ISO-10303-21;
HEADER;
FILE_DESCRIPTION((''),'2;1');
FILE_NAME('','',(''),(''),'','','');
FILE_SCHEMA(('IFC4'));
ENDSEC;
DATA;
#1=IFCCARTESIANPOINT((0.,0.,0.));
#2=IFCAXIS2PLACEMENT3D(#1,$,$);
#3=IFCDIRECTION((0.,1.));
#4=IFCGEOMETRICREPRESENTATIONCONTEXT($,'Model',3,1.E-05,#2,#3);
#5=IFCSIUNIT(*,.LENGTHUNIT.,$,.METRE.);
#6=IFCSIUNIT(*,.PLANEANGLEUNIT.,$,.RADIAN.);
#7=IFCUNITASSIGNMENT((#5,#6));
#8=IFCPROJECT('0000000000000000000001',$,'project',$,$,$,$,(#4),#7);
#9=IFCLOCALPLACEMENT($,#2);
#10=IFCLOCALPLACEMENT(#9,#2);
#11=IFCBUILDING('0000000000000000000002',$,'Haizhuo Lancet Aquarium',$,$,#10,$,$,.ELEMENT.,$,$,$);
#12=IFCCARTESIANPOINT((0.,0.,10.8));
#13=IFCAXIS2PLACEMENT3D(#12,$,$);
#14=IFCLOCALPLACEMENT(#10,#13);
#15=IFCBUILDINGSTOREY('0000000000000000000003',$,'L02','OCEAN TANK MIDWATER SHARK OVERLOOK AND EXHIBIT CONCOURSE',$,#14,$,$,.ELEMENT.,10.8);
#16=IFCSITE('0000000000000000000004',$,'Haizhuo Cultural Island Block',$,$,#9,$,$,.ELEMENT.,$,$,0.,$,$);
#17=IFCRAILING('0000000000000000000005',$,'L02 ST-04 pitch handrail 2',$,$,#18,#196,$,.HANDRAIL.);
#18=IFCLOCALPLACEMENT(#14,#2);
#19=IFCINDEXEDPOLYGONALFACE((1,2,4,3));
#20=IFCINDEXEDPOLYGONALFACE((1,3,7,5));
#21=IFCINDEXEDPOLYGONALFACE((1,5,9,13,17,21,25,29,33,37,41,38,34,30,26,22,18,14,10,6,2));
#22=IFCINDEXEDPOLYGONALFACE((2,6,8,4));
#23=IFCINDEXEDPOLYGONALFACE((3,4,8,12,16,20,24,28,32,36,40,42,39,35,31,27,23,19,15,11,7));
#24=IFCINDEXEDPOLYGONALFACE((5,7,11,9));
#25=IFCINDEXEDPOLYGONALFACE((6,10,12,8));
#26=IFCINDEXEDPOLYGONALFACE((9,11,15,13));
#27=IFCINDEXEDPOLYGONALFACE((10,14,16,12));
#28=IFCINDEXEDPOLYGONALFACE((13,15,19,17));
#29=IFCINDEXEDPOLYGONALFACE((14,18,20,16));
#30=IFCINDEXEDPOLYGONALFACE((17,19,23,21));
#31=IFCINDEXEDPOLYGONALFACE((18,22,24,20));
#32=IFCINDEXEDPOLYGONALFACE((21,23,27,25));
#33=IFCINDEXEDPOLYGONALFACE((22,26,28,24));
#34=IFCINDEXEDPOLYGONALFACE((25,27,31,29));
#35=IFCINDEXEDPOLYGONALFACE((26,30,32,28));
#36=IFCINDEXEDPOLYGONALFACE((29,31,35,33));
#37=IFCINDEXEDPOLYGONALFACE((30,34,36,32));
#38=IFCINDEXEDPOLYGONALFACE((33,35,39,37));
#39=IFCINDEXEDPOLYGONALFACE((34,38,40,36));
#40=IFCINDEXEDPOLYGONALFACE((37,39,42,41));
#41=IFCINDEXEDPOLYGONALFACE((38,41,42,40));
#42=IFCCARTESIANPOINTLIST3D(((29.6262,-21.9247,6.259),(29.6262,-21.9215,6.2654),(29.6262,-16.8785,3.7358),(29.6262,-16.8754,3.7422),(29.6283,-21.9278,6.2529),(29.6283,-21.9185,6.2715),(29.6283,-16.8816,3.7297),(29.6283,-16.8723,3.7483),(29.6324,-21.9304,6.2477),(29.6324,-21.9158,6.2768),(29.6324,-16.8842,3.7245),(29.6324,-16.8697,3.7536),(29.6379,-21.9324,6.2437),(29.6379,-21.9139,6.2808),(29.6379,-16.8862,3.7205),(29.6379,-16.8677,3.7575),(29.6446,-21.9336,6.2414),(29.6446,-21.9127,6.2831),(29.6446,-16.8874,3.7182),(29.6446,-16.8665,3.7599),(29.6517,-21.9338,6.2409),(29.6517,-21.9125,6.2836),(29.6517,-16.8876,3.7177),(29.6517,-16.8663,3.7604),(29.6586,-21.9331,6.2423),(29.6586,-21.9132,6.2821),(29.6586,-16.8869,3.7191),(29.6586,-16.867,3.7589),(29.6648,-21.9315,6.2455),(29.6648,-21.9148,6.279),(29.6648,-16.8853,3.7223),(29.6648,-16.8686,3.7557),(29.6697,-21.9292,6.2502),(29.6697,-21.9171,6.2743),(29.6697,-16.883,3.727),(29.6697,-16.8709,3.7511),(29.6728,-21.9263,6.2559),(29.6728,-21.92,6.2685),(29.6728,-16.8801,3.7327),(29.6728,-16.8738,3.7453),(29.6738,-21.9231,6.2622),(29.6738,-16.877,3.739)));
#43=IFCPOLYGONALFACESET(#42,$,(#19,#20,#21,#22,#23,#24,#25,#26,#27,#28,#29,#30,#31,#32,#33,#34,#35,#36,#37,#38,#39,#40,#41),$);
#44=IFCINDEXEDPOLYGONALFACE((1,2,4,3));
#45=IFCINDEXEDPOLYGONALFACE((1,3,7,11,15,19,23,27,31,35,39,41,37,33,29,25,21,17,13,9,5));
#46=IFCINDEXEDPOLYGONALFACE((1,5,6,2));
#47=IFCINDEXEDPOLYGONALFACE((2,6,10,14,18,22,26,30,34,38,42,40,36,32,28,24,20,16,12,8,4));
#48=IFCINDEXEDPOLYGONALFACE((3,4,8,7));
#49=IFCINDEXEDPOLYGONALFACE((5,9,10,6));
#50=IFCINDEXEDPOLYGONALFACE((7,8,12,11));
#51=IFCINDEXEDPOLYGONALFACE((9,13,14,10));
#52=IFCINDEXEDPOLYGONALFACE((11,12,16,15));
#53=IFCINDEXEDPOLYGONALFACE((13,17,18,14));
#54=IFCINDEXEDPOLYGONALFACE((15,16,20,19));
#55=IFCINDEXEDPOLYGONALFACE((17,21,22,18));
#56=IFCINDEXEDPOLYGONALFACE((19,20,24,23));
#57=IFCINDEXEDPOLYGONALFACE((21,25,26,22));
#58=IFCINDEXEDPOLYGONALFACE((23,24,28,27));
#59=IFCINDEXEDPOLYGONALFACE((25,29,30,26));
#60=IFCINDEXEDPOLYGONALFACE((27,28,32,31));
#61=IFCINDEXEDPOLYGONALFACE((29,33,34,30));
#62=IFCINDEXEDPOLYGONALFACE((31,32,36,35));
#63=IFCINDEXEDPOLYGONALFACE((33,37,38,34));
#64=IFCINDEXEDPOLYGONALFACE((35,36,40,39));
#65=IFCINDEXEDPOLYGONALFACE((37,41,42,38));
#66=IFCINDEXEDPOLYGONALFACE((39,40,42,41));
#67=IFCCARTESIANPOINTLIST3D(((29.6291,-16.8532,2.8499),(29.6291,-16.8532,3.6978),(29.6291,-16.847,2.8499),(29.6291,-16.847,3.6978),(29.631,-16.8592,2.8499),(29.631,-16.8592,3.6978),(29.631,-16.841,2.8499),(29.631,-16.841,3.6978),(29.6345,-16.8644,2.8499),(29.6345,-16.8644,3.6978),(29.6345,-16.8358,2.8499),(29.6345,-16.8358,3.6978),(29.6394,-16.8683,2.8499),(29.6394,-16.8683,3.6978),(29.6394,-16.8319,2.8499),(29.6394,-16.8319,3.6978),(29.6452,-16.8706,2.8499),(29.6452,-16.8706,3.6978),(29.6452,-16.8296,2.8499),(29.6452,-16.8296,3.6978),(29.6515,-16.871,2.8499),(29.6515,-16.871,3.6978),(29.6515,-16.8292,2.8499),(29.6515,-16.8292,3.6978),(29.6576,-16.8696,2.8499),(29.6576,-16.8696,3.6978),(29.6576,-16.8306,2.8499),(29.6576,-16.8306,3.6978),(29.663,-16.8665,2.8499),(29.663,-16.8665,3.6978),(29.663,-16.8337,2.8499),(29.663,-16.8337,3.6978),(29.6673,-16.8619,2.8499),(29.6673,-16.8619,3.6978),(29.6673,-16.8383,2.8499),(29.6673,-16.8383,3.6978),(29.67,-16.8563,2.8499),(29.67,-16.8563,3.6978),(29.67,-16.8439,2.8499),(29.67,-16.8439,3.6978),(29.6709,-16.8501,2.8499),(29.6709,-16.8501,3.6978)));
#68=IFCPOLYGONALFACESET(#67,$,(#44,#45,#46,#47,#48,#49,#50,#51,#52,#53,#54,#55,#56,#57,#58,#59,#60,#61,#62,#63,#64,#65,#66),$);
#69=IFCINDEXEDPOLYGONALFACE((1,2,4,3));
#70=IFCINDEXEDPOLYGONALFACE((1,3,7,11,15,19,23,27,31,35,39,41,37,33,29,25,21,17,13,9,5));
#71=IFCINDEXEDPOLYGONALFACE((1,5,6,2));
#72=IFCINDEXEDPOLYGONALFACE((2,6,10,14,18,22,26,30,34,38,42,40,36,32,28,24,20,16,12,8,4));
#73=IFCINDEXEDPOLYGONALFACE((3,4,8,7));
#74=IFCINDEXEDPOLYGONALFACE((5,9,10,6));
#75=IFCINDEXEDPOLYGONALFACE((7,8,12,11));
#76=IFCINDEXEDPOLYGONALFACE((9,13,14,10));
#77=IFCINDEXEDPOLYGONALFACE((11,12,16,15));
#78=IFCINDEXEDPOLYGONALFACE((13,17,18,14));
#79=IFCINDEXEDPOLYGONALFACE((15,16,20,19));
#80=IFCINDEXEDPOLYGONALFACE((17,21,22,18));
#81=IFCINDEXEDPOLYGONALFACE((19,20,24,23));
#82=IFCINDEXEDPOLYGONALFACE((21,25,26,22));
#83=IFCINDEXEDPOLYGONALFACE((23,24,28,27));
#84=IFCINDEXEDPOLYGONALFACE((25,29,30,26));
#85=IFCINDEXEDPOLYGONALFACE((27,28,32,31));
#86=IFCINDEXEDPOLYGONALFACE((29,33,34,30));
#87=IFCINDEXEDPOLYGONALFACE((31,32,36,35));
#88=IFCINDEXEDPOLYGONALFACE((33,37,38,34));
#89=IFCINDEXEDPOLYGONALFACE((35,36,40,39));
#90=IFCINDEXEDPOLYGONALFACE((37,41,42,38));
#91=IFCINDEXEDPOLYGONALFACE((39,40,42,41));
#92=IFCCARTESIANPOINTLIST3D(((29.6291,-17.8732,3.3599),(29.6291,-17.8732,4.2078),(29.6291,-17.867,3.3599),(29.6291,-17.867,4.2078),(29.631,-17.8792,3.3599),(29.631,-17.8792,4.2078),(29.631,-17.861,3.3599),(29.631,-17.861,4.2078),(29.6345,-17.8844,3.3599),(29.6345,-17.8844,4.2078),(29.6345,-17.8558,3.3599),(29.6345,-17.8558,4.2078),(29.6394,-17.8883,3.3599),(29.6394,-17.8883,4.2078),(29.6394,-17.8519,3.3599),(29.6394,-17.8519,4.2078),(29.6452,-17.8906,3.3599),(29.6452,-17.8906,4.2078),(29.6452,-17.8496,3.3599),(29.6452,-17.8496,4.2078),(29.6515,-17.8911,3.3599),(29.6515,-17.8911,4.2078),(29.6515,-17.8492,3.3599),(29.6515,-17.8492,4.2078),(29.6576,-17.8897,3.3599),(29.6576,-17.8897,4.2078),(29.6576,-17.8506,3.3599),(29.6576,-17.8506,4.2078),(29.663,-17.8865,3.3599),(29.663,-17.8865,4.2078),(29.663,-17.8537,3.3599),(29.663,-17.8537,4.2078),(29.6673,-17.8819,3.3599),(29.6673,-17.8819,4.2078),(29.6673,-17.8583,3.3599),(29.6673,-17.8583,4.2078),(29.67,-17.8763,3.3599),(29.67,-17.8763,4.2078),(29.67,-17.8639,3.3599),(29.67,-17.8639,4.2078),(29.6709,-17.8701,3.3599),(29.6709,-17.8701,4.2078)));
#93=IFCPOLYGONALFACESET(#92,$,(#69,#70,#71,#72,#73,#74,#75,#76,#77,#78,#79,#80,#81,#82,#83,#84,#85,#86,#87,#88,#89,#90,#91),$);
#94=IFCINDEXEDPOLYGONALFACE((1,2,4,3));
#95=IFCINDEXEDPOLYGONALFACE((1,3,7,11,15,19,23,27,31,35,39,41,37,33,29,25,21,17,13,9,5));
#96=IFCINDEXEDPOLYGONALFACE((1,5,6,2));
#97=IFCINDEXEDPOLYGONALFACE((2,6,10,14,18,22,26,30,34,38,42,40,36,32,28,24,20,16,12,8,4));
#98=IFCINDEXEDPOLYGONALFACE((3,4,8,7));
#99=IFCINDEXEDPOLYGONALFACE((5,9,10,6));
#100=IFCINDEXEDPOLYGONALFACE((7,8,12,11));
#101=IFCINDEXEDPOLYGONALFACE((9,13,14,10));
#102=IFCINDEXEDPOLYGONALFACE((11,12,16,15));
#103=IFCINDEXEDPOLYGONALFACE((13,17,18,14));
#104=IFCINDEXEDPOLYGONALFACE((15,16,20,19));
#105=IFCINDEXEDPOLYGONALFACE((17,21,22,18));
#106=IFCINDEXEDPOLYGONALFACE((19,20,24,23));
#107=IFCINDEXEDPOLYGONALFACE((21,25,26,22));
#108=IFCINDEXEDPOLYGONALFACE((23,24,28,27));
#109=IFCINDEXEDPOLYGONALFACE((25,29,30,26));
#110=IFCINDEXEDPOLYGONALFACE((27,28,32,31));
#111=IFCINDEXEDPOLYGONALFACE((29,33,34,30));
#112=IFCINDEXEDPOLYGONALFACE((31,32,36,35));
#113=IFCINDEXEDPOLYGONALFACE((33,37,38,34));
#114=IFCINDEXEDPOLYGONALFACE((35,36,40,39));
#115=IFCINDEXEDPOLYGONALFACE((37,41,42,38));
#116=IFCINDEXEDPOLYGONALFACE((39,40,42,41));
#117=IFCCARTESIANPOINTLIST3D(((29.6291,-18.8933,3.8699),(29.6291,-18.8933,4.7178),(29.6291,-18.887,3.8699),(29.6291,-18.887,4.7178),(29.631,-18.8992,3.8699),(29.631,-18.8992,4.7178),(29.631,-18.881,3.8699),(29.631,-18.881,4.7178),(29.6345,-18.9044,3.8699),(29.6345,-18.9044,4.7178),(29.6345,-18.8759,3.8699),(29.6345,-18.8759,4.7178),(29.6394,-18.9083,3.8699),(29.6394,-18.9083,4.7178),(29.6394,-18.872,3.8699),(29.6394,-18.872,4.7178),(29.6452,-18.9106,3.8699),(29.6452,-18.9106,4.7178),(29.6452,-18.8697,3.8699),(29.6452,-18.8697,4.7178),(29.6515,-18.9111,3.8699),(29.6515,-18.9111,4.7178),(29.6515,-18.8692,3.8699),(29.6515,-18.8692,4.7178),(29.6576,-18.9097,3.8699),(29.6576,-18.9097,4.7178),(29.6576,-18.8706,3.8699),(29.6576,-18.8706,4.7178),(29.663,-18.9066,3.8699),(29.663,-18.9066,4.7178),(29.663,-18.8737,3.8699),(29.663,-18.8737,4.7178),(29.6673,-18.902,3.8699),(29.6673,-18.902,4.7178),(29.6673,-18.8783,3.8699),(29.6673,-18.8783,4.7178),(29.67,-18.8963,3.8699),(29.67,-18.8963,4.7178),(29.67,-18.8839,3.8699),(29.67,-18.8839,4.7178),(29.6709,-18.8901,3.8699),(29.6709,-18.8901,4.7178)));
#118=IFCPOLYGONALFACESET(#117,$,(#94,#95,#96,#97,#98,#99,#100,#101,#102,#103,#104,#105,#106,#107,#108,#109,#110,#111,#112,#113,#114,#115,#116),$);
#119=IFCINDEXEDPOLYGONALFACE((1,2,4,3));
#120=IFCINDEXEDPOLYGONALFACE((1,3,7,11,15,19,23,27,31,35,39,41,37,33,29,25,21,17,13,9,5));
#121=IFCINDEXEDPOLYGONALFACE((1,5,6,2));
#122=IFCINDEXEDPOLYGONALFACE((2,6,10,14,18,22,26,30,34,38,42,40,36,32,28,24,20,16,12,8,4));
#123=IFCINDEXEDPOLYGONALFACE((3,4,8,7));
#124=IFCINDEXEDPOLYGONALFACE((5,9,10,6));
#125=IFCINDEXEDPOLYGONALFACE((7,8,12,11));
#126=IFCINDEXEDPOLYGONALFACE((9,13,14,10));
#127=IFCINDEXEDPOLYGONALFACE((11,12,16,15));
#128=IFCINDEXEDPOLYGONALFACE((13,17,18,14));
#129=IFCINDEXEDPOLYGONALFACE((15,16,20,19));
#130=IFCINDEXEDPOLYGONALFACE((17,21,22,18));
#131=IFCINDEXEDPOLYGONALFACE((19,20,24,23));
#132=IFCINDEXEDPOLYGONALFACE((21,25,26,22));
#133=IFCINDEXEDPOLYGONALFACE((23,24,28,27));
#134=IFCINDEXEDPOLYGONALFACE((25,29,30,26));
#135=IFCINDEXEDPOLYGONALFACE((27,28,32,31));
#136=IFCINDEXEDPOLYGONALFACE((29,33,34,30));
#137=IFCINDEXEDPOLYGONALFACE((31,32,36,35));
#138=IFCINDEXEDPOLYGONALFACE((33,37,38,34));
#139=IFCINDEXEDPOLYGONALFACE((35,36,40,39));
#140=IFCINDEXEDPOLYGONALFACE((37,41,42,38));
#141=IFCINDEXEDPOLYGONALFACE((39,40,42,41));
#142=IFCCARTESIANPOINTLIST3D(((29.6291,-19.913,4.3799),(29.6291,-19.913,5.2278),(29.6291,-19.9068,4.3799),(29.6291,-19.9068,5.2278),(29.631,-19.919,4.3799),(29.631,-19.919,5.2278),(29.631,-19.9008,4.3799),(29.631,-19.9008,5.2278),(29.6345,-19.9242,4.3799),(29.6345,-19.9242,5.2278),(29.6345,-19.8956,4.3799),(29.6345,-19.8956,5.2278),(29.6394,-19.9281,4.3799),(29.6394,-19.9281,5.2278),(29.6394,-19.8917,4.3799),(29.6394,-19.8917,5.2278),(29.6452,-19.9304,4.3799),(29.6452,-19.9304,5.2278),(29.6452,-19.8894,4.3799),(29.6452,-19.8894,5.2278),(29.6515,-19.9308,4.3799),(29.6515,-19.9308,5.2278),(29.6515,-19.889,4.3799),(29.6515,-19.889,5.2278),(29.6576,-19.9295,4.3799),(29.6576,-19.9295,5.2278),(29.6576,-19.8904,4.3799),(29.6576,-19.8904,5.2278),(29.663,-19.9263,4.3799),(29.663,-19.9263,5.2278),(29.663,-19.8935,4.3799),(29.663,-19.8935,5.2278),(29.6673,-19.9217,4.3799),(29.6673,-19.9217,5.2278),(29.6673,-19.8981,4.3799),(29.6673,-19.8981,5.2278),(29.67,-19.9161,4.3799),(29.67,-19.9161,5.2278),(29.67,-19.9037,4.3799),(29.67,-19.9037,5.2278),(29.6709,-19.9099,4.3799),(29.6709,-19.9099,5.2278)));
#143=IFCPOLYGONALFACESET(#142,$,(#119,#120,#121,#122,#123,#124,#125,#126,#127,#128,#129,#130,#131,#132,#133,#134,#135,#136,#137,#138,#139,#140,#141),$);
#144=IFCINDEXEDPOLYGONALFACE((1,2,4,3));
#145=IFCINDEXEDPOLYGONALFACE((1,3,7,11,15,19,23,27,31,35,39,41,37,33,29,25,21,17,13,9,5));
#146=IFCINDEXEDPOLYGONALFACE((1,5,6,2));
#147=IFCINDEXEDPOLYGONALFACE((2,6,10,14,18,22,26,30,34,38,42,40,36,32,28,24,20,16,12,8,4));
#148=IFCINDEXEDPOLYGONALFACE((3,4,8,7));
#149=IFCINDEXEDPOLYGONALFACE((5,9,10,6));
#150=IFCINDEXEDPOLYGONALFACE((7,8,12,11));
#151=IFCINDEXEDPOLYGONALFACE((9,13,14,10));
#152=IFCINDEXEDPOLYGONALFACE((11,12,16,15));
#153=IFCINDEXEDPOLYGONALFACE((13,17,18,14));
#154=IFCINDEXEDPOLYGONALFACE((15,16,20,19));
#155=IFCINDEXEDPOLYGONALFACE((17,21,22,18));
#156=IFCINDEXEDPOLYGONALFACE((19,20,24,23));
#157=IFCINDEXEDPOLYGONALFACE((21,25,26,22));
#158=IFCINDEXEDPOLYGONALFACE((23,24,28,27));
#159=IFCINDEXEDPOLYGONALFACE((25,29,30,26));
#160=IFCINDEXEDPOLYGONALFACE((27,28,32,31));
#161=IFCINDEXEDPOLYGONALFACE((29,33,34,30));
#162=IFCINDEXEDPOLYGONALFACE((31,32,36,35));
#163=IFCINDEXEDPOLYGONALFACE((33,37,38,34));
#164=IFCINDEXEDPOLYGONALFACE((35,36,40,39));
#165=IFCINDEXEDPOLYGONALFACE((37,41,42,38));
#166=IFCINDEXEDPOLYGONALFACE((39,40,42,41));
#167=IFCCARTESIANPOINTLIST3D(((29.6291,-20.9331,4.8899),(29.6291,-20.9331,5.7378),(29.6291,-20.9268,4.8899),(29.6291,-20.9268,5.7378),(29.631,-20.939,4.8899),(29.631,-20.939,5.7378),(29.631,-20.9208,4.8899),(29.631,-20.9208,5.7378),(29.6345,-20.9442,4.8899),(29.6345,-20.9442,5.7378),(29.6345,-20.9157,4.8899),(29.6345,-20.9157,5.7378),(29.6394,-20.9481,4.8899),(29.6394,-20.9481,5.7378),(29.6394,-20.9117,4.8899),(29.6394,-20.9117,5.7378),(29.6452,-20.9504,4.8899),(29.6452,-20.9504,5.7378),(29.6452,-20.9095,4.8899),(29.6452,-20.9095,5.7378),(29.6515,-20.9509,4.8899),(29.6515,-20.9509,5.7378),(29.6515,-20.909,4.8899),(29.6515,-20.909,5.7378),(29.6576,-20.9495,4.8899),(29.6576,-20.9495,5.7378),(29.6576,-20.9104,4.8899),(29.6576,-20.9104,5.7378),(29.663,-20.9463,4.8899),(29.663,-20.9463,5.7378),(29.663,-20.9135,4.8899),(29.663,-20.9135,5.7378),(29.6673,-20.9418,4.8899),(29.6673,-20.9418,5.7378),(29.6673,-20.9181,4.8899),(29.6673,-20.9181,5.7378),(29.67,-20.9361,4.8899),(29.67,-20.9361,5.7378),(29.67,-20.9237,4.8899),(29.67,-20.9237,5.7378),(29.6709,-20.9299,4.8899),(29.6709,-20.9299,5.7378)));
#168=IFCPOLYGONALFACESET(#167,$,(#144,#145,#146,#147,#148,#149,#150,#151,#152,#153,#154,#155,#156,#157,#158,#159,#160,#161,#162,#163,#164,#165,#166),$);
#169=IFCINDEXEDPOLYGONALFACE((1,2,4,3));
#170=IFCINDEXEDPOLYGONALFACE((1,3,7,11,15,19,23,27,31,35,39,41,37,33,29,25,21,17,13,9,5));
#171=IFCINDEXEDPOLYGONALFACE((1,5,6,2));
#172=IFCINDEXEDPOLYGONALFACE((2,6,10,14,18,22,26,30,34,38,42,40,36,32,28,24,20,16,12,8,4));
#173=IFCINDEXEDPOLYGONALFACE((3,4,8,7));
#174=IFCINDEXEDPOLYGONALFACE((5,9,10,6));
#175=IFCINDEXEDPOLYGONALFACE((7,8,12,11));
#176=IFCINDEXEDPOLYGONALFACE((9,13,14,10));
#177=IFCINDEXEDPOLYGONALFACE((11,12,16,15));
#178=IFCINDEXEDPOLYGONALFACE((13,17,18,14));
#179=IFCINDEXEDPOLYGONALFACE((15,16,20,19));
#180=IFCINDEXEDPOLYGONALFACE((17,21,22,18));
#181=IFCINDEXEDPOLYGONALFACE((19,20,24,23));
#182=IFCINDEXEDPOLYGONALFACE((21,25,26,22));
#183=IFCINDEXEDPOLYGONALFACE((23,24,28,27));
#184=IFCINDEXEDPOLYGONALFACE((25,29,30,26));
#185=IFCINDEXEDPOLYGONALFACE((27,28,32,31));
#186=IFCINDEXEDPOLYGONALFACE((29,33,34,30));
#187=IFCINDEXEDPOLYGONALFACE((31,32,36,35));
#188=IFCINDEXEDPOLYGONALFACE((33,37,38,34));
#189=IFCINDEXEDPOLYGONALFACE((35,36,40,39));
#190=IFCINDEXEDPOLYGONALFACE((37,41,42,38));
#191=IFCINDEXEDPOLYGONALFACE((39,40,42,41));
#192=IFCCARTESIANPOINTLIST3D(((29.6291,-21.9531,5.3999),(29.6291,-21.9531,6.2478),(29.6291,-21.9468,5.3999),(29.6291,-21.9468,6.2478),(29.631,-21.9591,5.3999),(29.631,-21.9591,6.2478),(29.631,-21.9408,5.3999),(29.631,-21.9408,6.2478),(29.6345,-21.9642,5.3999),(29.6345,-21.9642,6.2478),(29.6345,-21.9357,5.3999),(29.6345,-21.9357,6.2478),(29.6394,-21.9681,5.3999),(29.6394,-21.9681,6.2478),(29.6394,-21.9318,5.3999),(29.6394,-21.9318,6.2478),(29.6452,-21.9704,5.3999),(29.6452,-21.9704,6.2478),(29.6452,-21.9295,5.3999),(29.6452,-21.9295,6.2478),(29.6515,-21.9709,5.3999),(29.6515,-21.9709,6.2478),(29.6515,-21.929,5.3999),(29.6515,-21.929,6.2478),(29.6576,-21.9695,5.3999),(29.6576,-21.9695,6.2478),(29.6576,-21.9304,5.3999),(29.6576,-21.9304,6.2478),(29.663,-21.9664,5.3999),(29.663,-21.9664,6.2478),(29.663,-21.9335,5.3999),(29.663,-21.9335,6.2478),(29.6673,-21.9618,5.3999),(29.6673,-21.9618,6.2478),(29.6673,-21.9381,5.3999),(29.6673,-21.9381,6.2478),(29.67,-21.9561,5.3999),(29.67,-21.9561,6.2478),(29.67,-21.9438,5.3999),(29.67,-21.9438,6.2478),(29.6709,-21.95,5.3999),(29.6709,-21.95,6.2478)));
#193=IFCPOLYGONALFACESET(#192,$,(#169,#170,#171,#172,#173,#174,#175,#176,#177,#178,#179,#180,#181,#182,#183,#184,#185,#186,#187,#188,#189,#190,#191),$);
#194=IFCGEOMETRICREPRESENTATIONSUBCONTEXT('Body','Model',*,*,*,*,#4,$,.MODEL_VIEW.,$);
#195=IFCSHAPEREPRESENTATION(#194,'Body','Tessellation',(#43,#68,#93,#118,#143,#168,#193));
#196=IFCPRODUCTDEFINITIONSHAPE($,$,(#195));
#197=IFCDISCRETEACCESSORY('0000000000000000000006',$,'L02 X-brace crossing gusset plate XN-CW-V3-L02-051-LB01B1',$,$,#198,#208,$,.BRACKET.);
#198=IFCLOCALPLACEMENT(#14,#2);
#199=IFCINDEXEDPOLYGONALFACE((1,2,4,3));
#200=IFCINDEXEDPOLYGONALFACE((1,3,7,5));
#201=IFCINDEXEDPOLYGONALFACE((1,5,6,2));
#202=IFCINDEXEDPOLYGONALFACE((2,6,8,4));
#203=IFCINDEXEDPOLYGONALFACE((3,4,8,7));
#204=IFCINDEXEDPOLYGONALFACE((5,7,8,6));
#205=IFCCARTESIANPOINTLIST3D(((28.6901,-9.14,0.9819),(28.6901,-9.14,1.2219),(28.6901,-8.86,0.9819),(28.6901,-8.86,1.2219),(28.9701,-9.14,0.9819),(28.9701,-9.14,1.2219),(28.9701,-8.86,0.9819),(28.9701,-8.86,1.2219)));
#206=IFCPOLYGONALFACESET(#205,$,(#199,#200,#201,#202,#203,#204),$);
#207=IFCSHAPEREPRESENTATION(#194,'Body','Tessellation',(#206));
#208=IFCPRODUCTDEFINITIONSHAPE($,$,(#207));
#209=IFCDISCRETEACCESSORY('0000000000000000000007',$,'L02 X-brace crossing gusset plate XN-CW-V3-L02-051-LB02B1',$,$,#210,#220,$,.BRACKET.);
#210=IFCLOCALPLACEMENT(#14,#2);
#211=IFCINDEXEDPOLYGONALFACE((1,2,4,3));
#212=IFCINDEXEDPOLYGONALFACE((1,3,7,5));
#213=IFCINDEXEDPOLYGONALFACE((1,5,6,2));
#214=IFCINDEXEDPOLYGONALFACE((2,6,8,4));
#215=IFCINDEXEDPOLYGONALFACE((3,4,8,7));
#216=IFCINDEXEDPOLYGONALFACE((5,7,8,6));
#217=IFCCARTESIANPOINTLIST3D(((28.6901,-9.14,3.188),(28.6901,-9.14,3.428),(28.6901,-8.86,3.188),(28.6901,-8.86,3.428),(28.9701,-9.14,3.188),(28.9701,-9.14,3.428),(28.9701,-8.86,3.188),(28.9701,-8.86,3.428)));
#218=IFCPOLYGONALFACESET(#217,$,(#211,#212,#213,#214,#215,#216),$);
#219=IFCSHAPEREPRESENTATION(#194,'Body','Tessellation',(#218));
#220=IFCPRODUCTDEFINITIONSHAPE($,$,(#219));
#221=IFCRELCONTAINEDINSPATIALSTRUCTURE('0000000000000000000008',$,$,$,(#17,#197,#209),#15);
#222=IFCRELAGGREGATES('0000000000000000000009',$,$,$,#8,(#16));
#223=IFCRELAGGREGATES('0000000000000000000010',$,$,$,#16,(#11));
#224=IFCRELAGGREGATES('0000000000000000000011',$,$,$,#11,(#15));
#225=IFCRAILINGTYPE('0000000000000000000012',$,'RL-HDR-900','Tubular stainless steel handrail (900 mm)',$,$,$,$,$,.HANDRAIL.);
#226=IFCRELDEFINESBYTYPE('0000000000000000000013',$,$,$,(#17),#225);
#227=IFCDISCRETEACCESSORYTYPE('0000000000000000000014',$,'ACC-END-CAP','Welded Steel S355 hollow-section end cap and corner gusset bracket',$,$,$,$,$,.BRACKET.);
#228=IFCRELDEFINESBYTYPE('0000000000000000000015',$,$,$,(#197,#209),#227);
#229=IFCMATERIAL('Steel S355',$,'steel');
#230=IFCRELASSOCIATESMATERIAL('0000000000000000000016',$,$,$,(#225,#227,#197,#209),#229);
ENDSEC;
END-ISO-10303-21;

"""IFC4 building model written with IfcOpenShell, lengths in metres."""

from ifc_helpers import new_model, si_unit, direction, frame, origin, origin_2d, place, context, subcontext, project, spatial, rectangle, circle, extrude, material, type_object, element, save


model = new_model("IFC4")

# Units and contexts
model_context = context("Model", 3, precision=1e-05, world=origin(), true_north=direction((0.0, 1.0)))
body_context = subcontext(model_context, "Body", "Model", "MODEL_VIEW")
ifc_project = project(units=[si_unit("LENGTHUNIT", "METRE"), si_unit("PLANEANGLEUNIT", "RADIAN")], contexts=[model_context])

# Site, building, storey
site_placement = place(None, origin())
site = spatial("IfcSite", under=ifc_project, at=site_placement, Name="Haizhuo Cultural Island Block", CompositionType="ELEMENT", RefElevation=0.0)
building_placement = place(site_placement, origin())
building = spatial("IfcBuilding", under=site, at=building_placement, Name="Haizhuo Lancet Aquarium", CompositionType="ELEMENT")
storey_placement = place(building_placement, frame((0.0, 0.0, 10.8)))
storey = spatial("IfcBuildingStorey", under=building, at=storey_placement, Name="L02", Description="OCEAN TANK MIDWATER SHARK OVERLOOK AND EXHIBIT CONCOURSE", CompositionType="ELEMENT", Elevation=10.8)

# Shared definitions
ifc_material_1 = material(Name="Steel S355", Category="steel")

# Railing
railing_type_1 = type_object("IfcRailingType", Name="RL-HDR-900", Description="Tubular stainless steel handrail (900 mm)", PredefinedType="HANDRAIL", material=ifc_material_1)
railing_1_placement = place(storey_placement, frame((29.6499, -16.8501, 2.8499)))
element("IfcRailing", 1, at=railing_1_placement, inside=storey, type_object=railing_type_1, Name="L02 ST-04 pitch handrail 2", PredefinedType="HANDRAIL", context=body_context, shape_type="SweptSolid", body=[
    extrude(circle(Radius=0.0239, at=origin_2d()), frame((0.0, -0.0269, 0.8892), z_axis=(0.0, -0.894419, 0.447231), x_axis=(1.0, 0.0, 0.0)), (0.0, 0.0, 1.0), 5.6418),
    extrude(circle(Radius=0.021, at=origin_2d()), origin(), (0.0, 0.0, 1.0), 0.8479),
    extrude(circle(Radius=0.021, at=origin_2d()), frame((0.0, -1.02, 0.51)), (0.0, 0.0, 1.0), 0.8479),
    extrude(circle(Radius=0.021, at=origin_2d()), frame((0.0, -2.04, 1.02)), (0.0, 0.0, 1.0), 0.8479),
    extrude(circle(Radius=0.021, at=origin_2d()), frame((0.0, -3.0598, 1.53)), (0.0, 0.0, 1.0), 0.8479),
    extrude(circle(Radius=0.021, at=origin_2d()), frame((0.0, -4.0798, 2.04)), (0.0, 0.0, 1.0), 0.8479),
    extrude(circle(Radius=0.021, at=origin_2d()), frame((0.0, -5.0999, 2.55)), (0.0, 0.0, 1.0), 0.8479),
])

# Discrete accessories
discrete_accessory_type = type_object("IfcDiscreteAccessoryType", Name="ACC-END-CAP", Description="Welded Steel S355 hollow-section end cap and corner gusset bracket", PredefinedType="BRACKET", material=ifc_material_1)
for number, where, z_axis, x_axis, name in (
    (2, (28.8301, -9.0, 0.9819), (0.0, 0.0, 1.0), (1.0, 0.0, 0.0), "L02 X-brace crossing gusset plate XN-CW-V3-L02-051-LB01B1"),
    (3, (28.8301, -9.0, 3.188), (0.0, 0.0, 1.0), (1.0, 0.0, 0.0), "L02 X-brace crossing gusset plate XN-CW-V3-L02-051-LB02B1"),
):
    element("IfcDiscreteAccessory", number, at=place(storey_placement, frame(where, z_axis=z_axis, x_axis=x_axis)), inside=storey, type_object=discrete_accessory_type, material=ifc_material_1, Name=name, PredefinedType="BRACKET", context=body_context, shape_type="SweptSolid", body=[
        extrude(rectangle(XDim=0.28, YDim=0.28, at=origin_2d()), origin(), (0.0, 0.0, 1.0), 0.24),
    ])

save(model, "model.ifc")
